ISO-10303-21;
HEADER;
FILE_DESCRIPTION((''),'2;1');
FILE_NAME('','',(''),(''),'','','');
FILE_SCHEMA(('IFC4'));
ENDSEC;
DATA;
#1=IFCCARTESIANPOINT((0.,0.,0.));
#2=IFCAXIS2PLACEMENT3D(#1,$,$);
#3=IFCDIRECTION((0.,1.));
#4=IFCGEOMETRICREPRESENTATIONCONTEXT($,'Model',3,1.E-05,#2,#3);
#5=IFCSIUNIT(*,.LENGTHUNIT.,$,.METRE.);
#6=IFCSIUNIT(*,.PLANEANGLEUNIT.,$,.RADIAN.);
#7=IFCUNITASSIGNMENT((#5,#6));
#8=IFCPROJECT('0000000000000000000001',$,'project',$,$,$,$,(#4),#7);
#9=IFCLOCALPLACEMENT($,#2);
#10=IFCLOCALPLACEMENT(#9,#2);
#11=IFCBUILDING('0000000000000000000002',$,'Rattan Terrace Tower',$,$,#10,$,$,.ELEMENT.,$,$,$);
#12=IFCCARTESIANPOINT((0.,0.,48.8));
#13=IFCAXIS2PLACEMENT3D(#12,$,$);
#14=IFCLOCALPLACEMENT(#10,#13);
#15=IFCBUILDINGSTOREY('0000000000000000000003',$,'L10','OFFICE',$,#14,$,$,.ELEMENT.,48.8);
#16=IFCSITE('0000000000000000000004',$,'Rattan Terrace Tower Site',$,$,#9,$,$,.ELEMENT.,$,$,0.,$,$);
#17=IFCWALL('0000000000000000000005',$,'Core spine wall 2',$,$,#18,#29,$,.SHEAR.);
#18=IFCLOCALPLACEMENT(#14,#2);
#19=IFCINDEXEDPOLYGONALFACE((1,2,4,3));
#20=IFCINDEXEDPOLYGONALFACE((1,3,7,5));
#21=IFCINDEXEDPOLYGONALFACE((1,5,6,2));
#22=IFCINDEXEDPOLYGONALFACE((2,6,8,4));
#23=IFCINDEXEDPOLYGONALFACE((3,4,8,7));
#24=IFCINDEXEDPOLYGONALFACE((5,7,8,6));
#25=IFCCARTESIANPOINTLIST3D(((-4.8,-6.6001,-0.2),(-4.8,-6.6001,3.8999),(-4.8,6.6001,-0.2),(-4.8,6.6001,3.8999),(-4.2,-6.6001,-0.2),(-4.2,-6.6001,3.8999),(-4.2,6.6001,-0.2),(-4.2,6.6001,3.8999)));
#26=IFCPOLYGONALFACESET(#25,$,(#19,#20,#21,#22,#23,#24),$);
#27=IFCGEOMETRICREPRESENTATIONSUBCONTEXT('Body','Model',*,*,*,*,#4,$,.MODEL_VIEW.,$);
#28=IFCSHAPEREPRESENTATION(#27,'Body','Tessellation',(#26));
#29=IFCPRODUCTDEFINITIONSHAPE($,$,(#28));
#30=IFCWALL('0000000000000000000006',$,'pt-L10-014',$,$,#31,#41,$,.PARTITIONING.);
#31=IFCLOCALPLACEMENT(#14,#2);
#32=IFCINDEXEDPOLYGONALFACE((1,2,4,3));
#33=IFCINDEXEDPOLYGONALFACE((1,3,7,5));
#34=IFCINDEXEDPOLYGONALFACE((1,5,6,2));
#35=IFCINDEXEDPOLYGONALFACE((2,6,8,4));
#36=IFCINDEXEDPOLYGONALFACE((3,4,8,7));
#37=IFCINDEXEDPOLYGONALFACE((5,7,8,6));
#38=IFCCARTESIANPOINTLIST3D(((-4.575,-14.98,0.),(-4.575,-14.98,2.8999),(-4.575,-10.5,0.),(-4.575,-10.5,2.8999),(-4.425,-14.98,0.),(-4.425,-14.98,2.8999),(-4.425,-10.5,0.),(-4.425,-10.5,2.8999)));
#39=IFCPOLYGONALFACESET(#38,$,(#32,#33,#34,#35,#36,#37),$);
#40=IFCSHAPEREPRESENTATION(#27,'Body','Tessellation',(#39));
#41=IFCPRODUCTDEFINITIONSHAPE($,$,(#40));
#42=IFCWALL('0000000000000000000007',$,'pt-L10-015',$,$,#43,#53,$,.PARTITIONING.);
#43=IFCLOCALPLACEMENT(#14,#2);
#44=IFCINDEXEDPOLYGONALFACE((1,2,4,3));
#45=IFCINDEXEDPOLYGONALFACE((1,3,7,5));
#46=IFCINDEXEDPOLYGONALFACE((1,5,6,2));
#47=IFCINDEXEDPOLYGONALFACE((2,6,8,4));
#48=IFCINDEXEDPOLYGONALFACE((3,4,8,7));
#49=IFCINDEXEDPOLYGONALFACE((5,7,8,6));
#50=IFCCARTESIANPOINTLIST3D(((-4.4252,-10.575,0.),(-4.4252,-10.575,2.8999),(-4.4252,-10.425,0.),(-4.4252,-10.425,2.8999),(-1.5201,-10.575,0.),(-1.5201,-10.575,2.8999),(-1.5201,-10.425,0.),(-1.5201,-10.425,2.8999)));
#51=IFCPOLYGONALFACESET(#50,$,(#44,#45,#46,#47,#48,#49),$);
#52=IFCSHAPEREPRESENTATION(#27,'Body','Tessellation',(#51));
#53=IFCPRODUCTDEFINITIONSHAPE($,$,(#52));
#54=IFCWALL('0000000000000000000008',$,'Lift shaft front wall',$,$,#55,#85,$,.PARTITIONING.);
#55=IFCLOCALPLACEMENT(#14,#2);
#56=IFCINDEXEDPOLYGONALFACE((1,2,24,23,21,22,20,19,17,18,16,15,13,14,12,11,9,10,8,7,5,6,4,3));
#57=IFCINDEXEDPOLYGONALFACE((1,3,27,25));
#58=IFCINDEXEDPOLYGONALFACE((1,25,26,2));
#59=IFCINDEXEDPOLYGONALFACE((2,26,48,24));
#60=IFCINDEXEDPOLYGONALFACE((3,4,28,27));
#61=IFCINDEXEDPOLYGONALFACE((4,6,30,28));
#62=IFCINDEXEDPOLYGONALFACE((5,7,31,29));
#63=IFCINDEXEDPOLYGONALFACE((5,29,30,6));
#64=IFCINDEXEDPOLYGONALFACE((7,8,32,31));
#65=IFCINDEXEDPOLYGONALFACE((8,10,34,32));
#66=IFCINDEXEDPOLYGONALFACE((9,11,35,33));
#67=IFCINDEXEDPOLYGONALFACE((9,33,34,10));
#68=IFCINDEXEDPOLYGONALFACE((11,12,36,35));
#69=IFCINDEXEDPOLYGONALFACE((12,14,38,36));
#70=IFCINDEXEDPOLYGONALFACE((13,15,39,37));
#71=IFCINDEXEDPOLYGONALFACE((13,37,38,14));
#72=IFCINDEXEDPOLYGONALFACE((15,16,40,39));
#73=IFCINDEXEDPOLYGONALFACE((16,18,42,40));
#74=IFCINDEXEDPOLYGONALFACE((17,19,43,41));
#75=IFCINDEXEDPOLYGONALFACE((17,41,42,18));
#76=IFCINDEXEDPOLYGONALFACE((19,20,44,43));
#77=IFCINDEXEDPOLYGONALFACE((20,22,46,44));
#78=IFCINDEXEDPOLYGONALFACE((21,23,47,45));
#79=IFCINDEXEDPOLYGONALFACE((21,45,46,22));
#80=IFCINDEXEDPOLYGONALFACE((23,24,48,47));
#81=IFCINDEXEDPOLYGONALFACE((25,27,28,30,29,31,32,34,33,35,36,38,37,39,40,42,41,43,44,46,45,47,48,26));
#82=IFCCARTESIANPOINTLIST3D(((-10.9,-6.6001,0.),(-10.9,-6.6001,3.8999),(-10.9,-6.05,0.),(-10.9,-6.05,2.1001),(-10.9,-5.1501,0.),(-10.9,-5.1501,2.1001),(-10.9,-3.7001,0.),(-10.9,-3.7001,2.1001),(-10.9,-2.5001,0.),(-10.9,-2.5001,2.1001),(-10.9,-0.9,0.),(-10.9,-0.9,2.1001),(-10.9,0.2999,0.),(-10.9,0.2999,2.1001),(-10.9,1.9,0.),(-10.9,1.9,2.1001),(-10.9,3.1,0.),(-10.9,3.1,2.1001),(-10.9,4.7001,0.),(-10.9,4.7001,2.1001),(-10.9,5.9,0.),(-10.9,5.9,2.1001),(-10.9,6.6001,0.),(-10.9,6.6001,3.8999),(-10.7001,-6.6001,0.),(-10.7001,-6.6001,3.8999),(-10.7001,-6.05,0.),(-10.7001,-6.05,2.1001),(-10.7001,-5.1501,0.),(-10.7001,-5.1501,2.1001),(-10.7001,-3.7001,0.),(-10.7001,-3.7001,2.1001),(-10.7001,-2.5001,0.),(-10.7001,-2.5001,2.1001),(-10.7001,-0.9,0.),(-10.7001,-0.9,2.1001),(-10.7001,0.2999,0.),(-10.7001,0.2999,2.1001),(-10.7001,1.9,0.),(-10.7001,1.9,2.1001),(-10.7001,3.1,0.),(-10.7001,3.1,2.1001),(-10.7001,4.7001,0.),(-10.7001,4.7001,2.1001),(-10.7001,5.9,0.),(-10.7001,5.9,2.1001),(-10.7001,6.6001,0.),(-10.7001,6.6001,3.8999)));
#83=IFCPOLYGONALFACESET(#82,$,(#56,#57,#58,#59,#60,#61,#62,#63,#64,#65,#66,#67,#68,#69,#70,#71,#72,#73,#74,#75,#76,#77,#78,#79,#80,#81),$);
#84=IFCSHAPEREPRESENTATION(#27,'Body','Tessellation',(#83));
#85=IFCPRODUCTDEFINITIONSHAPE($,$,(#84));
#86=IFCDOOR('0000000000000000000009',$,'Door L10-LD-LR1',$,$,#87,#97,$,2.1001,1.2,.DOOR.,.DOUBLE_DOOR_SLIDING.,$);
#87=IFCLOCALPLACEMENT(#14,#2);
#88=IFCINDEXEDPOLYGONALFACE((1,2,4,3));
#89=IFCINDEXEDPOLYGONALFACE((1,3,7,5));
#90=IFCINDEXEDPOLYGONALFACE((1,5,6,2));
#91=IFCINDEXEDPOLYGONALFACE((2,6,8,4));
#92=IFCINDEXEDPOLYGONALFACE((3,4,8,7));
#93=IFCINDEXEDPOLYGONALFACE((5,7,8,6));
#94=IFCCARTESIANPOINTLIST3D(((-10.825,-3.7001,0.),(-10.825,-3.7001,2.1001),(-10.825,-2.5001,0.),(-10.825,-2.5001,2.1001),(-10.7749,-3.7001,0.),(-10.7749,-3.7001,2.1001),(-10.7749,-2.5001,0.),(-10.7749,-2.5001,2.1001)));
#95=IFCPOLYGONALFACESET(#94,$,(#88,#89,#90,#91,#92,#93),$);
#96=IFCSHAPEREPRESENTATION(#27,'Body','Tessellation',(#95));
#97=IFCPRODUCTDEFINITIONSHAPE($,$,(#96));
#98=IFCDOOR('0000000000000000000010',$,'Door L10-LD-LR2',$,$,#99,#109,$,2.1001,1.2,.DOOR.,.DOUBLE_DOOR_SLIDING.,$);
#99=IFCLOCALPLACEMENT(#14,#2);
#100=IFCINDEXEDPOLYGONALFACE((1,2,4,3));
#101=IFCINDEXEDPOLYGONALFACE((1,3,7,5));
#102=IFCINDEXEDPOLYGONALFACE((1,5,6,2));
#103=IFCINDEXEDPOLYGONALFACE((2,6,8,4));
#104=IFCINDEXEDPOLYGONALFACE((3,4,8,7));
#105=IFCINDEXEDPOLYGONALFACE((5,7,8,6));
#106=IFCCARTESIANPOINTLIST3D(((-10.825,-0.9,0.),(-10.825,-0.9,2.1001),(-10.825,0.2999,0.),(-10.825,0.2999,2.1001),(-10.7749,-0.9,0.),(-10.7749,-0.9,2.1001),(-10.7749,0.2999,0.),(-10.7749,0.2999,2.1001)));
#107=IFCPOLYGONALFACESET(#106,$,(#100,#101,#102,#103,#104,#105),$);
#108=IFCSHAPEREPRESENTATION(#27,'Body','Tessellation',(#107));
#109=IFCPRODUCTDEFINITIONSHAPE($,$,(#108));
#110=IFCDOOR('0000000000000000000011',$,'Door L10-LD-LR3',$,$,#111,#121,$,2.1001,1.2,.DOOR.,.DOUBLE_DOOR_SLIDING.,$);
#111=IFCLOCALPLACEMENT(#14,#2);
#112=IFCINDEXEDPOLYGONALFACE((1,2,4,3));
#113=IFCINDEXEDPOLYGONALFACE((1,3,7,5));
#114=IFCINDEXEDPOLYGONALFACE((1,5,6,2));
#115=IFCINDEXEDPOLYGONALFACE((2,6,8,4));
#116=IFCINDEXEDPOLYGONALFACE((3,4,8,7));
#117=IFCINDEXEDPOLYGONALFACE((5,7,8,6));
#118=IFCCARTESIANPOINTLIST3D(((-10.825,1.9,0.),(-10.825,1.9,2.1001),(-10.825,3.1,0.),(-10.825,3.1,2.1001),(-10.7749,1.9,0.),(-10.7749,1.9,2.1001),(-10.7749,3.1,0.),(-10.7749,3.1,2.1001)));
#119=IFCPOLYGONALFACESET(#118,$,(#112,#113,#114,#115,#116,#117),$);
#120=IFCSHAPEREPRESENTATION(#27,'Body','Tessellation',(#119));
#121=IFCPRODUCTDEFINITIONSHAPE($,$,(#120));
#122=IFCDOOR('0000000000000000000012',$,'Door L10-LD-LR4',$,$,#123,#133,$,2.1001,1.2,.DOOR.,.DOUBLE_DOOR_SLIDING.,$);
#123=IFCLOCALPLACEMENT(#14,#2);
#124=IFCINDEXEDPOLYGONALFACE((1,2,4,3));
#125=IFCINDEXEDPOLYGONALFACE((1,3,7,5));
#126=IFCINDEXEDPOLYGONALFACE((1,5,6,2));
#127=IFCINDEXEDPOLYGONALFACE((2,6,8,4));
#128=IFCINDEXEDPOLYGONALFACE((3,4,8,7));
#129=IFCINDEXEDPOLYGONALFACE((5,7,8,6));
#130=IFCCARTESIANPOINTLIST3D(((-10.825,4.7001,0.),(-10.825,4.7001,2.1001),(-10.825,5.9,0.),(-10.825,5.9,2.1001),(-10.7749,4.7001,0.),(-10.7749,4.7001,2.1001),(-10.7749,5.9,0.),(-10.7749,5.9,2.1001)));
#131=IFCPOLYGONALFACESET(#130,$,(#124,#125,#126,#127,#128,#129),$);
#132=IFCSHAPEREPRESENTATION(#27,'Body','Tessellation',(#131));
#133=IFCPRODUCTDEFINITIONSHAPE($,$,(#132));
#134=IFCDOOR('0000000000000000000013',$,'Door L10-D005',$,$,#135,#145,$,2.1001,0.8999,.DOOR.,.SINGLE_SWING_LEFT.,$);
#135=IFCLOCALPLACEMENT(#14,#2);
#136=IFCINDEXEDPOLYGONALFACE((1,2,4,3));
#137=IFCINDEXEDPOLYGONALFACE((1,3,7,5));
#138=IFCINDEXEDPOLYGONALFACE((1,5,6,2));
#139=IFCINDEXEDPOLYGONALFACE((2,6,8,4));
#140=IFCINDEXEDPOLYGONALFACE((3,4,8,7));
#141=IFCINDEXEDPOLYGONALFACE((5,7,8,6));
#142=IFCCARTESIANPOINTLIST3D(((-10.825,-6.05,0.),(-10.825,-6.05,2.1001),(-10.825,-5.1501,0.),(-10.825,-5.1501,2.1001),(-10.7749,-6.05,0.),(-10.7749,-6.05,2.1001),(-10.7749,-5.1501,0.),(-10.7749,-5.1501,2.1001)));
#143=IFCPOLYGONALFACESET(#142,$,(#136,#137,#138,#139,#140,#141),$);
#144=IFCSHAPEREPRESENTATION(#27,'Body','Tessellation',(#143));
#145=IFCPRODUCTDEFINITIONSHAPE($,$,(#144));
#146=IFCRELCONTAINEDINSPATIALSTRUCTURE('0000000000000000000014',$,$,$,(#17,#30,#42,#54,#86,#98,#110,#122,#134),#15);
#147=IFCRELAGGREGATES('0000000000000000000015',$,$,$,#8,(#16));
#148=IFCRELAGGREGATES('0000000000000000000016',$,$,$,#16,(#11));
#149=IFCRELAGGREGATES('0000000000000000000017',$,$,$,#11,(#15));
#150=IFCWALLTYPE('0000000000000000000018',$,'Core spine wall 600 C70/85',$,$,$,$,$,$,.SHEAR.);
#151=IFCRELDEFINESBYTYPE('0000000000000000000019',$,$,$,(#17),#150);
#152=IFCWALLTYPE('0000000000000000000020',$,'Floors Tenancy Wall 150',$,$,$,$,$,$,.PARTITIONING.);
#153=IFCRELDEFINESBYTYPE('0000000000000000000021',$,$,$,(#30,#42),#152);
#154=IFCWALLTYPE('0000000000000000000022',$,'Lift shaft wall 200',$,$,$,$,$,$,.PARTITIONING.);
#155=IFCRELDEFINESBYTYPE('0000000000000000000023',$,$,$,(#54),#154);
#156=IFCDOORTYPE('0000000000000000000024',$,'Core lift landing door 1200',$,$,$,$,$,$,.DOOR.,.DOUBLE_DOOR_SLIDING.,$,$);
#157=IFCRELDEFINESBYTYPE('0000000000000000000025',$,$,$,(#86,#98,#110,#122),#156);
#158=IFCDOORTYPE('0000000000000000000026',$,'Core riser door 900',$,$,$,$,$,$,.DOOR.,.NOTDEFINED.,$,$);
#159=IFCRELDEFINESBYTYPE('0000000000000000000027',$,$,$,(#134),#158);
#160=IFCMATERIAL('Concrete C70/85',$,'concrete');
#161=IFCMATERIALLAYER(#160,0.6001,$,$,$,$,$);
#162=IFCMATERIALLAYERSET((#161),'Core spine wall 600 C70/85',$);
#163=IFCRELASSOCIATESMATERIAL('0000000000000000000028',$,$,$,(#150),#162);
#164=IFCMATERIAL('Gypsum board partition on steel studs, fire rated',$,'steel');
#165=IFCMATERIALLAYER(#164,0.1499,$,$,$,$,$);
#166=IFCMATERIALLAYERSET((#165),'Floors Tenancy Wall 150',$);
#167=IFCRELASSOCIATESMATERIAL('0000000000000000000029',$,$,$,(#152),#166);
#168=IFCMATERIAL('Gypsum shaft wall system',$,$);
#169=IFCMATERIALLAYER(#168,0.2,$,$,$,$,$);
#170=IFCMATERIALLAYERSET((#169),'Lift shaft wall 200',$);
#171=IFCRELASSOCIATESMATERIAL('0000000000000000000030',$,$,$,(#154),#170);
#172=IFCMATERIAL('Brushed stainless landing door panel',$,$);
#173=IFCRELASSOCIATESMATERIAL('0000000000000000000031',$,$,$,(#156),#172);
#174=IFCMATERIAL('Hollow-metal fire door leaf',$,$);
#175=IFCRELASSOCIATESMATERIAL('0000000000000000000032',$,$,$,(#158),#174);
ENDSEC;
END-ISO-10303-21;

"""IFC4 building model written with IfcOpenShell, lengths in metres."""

from ifc_helpers import new_model, si_unit, direction, frame, frame_2d, origin, place, context, subcontext, project, spatial, rectangle, extrude, material, layer, layer_set, type_object, element, fill, save


model = new_model("IFC4")

# Units and contexts
model_context = context("Model", 3, precision=1e-05, world=origin(), true_north=direction((0.0, 1.0)))
body_context = subcontext(model_context, "Body", "Model", "MODEL_VIEW")
ifc_project = project(units=[si_unit("LENGTHUNIT", "METRE"), si_unit("PLANEANGLEUNIT", "RADIAN")], contexts=[model_context])

# Site, building, storey
site_placement = place(None, origin())
site = spatial("IfcSite", under=ifc_project, at=site_placement, Name="Rattan Terrace Tower Site", CompositionType="ELEMENT", RefElevation=0.0)
building_placement = place(site_placement, origin())
building = spatial("IfcBuilding", under=site, at=building_placement, Name="Rattan Terrace Tower", CompositionType="ELEMENT")
storey_placement = place(building_placement, frame((0.0, 0.0, 48.8)))
storey = spatial("IfcBuildingStorey", under=building, at=storey_placement, Name="L10", Description="OFFICE", CompositionType="ELEMENT", Elevation=48.8)

# Walls
ifc_material_1 = material(Name="Concrete C70/85", Category="concrete")
ifc_layer_1 = layer(ifc_material_1, 0.6001)
ifc_layer_set_1 = layer_set([ifc_layer_1], Name="Core spine wall 600 C70/85")
wall_type_1 = type_object("IfcWallType", Name="Core spine wall 600 C70/85", PredefinedType="SHEAR", material=ifc_layer_set_1)
wall_1_placement = place(storey_placement, frame((-4.5, -6.6001, -0.2), z_axis=(0.0, 0.0, 1.0), x_axis=(0.0, 1.0, 0.0)))
element("IfcWall", 1, at=wall_1_placement, inside=storey, type_object=wall_type_1, Name="Core spine wall 2", PredefinedType="SHEAR", context=body_context, shape_type="SweptSolid", body=[
    extrude(rectangle(XDim=13.2002, YDim=0.6001, at=frame_2d((6.6001, 0.0))), origin(), (0.0, 0.0, 1.0), 4.0999),
])
ifc_material_2 = material(Name="Gypsum board partition on steel studs, fire rated", Category="steel")
ifc_layer_2 = layer(ifc_material_2, 0.1499)
ifc_layer_set_2 = layer_set([ifc_layer_2], Name="Floors Tenancy Wall 150")
wall_type_2 = type_object("IfcWallType", Name="Floors Tenancy Wall 150", PredefinedType="PARTITIONING", material=ifc_layer_set_2)
wall_2_placement = place(storey_placement, frame((-4.5, -10.5, 0.0), z_axis=(0.0, 0.0, 1.0), x_axis=(0.0, -1.0, 0.0)))
element("IfcWall", 2, at=wall_2_placement, inside=storey, type_object=wall_type_2, Name="pt-L10-014", PredefinedType="PARTITIONING", context=body_context, shape_type="SweptSolid", body=[
    extrude(rectangle(XDim=4.48, YDim=0.1499, at=frame_2d((2.24, 0.0))), origin(), (0.0, 0.0, 1.0), 2.8999),
])
wall_3_placement = place(storey_placement, frame((-1.52, -10.5, 0.0), z_axis=(0.0, 0.0, 1.0), x_axis=(-1.0, 0.0, 0.0)))
element("IfcWall", 3, at=wall_3_placement, inside=storey, type_object=wall_type_2, Name="pt-L10-015", PredefinedType="PARTITIONING", context=body_context, shape_type="SweptSolid", body=[
    extrude(rectangle(XDim=2.905, YDim=0.1499, at=frame_2d((1.4526, 0.0))), origin(), (0.0, 0.0, 1.0), 2.8999),
])

# Wall, openings, doors
ifc_material_3 = material(Name="Gypsum shaft wall system")
ifc_layer_3 = layer(ifc_material_3, 0.2)
ifc_layer_set_3 = layer_set([ifc_layer_3], Name="Lift shaft wall 200")
wall_type_3 = type_object("IfcWallType", Name="Lift shaft wall 200", PredefinedType="PARTITIONING", material=ifc_layer_set_3)
wall_4_placement = place(storey_placement, frame((-10.8, -6.6001, 0.0), z_axis=(0.0, 0.0, 1.0), x_axis=(0.0, 1.0, 0.0)))
wall_4 = element("IfcWall", 4, at=wall_4_placement, inside=storey, type_object=wall_type_3, Name="Lift shaft front wall", PredefinedType="PARTITIONING", context=body_context, shape_type="SweptSolid", body=[
    extrude(rectangle(XDim=13.2002, YDim=0.2, at=frame_2d((6.6001, 0.0))), origin(), (0.0, 0.0, 1.0), 3.8999),
])
opening_1_placement = place(wall_4_placement, frame((0.55, 0.0, 0.0)))
opening_1 = element("IfcOpeningElement", 5, at=opening_1_placement, cuts=wall_4, PredefinedType="OPENING", context=body_context, shape_type="SweptSolid", body=[
    extrude(rectangle(XDim=0.8999, YDim=2.1001, at=frame_2d((0.45, 1.05))), frame((0.0, 0.1106, 0.0), z_axis=(0.0, -1.0, 0.0), x_axis=(1.0, 0.0, 0.0)), (0.0, 0.0, 1.0), 0.2209),
])
opening_2_placement = place(wall_4_placement, frame((2.8999, 0.0, 0.0)))
opening_2 = element("IfcOpeningElement", 6, at=opening_2_placement, cuts=wall_4, PredefinedType="OPENING", context=body_context, shape_type="SweptSolid", body=[
    extrude(rectangle(XDim=1.2, YDim=2.1001, at=frame_2d((0.6001, 1.05))), frame((0.0, 0.1106, 0.0), z_axis=(0.0, -1.0, 0.0), x_axis=(1.0, 0.0, 0.0)), (0.0, 0.0, 1.0), 0.2209),
])
opening_3_placement = place(wall_4_placement, frame((5.7, 0.0, 0.0)))
opening_3 = element("IfcOpeningElement", 7, at=opening_3_placement, cuts=wall_4, PredefinedType="OPENING", context=body_context, shape_type="SweptSolid", body=[
    extrude(rectangle(XDim=1.2, YDim=2.1001, at=frame_2d((0.6001, 1.05))), frame((0.0, 0.1106, 0.0), z_axis=(0.0, -1.0, 0.0), x_axis=(1.0, 0.0, 0.0)), (0.0, 0.0, 1.0), 0.2209),
])
opening_4_placement = place(wall_4_placement, frame((8.5, 0.0, 0.0)))
opening_4 = element("IfcOpeningElement", 8, at=opening_4_placement, cuts=wall_4, PredefinedType="OPENING", context=body_context, shape_type="SweptSolid", body=[
    extrude(rectangle(XDim=1.2, YDim=2.1001, at=frame_2d((0.6001, 1.05))), frame((0.0, 0.1106, 0.0), z_axis=(0.0, -1.0, 0.0), x_axis=(1.0, 0.0, 0.0)), (0.0, 0.0, 1.0), 0.2209),
])
opening_5_placement = place(wall_4_placement, frame((11.3, 0.0, 0.0)))
opening_5 = element("IfcOpeningElement", 9, at=opening_5_placement, cuts=wall_4, PredefinedType="OPENING", context=body_context, shape_type="SweptSolid", body=[
    extrude(rectangle(XDim=1.2, YDim=2.1001, at=frame_2d((0.6001, 1.05))), frame((0.0, 0.1106, 0.0), z_axis=(0.0, -1.0, 0.0), x_axis=(1.0, 0.0, 0.0)), (0.0, 0.0, 1.0), 0.2209),
])
ifc_material_4 = material(Name="Brushed stainless landing door panel")
door_type_1 = type_object("IfcDoorType", Name="Core lift landing door 1200", OperationType="DOUBLE_DOOR_SLIDING", PredefinedType="DOOR", material=ifc_material_4)
door_1_placement = place(opening_2_placement, origin())
door_1 = element("IfcDoor", 10, at=door_1_placement, inside=storey, type_object=door_type_1, Name="Door L10-LD-LR1", OperationType="DOUBLE_DOOR_SLIDING", OverallHeight=2.1001, OverallWidth=1.2, PredefinedType="DOOR", context=body_context, shape_type="SweptSolid", body=[
    extrude(rectangle(XDim=1.2, YDim=2.1001, at=frame_2d((0.6001, 1.05))), frame((0.0, 0.0249, 0.0), z_axis=(0.0, -1.0, 0.0), x_axis=(1.0, 0.0, 0.0)), (0.0, 0.0, 1.0), 0.05),
])
fill(opening_2, door_1)
door_2_placement = place(opening_3_placement, origin())
door_2 = element("IfcDoor", 11, at=door_2_placement, inside=storey, type_object=door_type_1, Name="Door L10-LD-LR2", OperationType="DOUBLE_DOOR_SLIDING", OverallHeight=2.1001, OverallWidth=1.2, PredefinedType="DOOR", context=body_context, shape_type="SweptSolid", body=[
    extrude(rectangle(XDim=1.2, YDim=2.1001, at=frame_2d((0.6001, 1.05))), frame((0.0, 0.0249, 0.0), z_axis=(0.0, -1.0, 0.0), x_axis=(1.0, 0.0, 0.0)), (0.0, 0.0, 1.0), 0.05),
])
fill(opening_3, door_2)
door_3_placement = place(opening_4_placement, origin())
door_3 = element("IfcDoor", 12, at=door_3_placement, inside=storey, type_object=door_type_1, Name="Door L10-LD-LR3", OperationType="DOUBLE_DOOR_SLIDING", OverallHeight=2.1001, OverallWidth=1.2, PredefinedType="DOOR", context=body_context, shape_type="SweptSolid", body=[
    extrude(rectangle(XDim=1.2, YDim=2.1001, at=frame_2d((0.6001, 1.05))), frame((0.0, 0.0249, 0.0), z_axis=(0.0, -1.0, 0.0), x_axis=(1.0, 0.0, 0.0)), (0.0, 0.0, 1.0), 0.05),
])
fill(opening_4, door_3)
door_4_placement = place(opening_5_placement, origin())
door_4 = element("IfcDoor", 13, at=door_4_placement, inside=storey, type_object=door_type_1, Name="Door L10-LD-LR4", OperationType="DOUBLE_DOOR_SLIDING", OverallHeight=2.1001, OverallWidth=1.2, PredefinedType="DOOR", context=body_context, shape_type="SweptSolid", body=[
    extrude(rectangle(XDim=1.2, YDim=2.1001, at=frame_2d((0.6001, 1.05))), frame((0.0, 0.0249, 0.0), z_axis=(0.0, -1.0, 0.0), x_axis=(1.0, 0.0, 0.0)), (0.0, 0.0, 1.0), 0.05),
])
fill(opening_5, door_4)
ifc_material_5 = material(Name="Hollow-metal fire door leaf")
door_type_2 = type_object("IfcDoorType", Name="Core riser door 900", OperationType="NOTDEFINED", PredefinedType="DOOR", material=ifc_material_5)
door_5_placement = place(opening_1_placement, origin())
door_5 = element("IfcDoor", 14, at=door_5_placement, inside=storey, type_object=door_type_2, Name="Door L10-D005", OperationType="SINGLE_SWING_LEFT", OverallHeight=2.1001, OverallWidth=0.8999, PredefinedType="DOOR", context=body_context, shape_type="SweptSolid", body=[
    extrude(rectangle(XDim=0.8999, YDim=2.1001, at=frame_2d((0.45, 1.05))), frame((0.0, 0.0249, 0.0), z_axis=(0.0, -1.0, 0.0), x_axis=(1.0, 0.0, 0.0)), (0.0, 0.0, 1.0), 0.05),
])
fill(opening_1, door_5)

save(model, "model.ifc")
